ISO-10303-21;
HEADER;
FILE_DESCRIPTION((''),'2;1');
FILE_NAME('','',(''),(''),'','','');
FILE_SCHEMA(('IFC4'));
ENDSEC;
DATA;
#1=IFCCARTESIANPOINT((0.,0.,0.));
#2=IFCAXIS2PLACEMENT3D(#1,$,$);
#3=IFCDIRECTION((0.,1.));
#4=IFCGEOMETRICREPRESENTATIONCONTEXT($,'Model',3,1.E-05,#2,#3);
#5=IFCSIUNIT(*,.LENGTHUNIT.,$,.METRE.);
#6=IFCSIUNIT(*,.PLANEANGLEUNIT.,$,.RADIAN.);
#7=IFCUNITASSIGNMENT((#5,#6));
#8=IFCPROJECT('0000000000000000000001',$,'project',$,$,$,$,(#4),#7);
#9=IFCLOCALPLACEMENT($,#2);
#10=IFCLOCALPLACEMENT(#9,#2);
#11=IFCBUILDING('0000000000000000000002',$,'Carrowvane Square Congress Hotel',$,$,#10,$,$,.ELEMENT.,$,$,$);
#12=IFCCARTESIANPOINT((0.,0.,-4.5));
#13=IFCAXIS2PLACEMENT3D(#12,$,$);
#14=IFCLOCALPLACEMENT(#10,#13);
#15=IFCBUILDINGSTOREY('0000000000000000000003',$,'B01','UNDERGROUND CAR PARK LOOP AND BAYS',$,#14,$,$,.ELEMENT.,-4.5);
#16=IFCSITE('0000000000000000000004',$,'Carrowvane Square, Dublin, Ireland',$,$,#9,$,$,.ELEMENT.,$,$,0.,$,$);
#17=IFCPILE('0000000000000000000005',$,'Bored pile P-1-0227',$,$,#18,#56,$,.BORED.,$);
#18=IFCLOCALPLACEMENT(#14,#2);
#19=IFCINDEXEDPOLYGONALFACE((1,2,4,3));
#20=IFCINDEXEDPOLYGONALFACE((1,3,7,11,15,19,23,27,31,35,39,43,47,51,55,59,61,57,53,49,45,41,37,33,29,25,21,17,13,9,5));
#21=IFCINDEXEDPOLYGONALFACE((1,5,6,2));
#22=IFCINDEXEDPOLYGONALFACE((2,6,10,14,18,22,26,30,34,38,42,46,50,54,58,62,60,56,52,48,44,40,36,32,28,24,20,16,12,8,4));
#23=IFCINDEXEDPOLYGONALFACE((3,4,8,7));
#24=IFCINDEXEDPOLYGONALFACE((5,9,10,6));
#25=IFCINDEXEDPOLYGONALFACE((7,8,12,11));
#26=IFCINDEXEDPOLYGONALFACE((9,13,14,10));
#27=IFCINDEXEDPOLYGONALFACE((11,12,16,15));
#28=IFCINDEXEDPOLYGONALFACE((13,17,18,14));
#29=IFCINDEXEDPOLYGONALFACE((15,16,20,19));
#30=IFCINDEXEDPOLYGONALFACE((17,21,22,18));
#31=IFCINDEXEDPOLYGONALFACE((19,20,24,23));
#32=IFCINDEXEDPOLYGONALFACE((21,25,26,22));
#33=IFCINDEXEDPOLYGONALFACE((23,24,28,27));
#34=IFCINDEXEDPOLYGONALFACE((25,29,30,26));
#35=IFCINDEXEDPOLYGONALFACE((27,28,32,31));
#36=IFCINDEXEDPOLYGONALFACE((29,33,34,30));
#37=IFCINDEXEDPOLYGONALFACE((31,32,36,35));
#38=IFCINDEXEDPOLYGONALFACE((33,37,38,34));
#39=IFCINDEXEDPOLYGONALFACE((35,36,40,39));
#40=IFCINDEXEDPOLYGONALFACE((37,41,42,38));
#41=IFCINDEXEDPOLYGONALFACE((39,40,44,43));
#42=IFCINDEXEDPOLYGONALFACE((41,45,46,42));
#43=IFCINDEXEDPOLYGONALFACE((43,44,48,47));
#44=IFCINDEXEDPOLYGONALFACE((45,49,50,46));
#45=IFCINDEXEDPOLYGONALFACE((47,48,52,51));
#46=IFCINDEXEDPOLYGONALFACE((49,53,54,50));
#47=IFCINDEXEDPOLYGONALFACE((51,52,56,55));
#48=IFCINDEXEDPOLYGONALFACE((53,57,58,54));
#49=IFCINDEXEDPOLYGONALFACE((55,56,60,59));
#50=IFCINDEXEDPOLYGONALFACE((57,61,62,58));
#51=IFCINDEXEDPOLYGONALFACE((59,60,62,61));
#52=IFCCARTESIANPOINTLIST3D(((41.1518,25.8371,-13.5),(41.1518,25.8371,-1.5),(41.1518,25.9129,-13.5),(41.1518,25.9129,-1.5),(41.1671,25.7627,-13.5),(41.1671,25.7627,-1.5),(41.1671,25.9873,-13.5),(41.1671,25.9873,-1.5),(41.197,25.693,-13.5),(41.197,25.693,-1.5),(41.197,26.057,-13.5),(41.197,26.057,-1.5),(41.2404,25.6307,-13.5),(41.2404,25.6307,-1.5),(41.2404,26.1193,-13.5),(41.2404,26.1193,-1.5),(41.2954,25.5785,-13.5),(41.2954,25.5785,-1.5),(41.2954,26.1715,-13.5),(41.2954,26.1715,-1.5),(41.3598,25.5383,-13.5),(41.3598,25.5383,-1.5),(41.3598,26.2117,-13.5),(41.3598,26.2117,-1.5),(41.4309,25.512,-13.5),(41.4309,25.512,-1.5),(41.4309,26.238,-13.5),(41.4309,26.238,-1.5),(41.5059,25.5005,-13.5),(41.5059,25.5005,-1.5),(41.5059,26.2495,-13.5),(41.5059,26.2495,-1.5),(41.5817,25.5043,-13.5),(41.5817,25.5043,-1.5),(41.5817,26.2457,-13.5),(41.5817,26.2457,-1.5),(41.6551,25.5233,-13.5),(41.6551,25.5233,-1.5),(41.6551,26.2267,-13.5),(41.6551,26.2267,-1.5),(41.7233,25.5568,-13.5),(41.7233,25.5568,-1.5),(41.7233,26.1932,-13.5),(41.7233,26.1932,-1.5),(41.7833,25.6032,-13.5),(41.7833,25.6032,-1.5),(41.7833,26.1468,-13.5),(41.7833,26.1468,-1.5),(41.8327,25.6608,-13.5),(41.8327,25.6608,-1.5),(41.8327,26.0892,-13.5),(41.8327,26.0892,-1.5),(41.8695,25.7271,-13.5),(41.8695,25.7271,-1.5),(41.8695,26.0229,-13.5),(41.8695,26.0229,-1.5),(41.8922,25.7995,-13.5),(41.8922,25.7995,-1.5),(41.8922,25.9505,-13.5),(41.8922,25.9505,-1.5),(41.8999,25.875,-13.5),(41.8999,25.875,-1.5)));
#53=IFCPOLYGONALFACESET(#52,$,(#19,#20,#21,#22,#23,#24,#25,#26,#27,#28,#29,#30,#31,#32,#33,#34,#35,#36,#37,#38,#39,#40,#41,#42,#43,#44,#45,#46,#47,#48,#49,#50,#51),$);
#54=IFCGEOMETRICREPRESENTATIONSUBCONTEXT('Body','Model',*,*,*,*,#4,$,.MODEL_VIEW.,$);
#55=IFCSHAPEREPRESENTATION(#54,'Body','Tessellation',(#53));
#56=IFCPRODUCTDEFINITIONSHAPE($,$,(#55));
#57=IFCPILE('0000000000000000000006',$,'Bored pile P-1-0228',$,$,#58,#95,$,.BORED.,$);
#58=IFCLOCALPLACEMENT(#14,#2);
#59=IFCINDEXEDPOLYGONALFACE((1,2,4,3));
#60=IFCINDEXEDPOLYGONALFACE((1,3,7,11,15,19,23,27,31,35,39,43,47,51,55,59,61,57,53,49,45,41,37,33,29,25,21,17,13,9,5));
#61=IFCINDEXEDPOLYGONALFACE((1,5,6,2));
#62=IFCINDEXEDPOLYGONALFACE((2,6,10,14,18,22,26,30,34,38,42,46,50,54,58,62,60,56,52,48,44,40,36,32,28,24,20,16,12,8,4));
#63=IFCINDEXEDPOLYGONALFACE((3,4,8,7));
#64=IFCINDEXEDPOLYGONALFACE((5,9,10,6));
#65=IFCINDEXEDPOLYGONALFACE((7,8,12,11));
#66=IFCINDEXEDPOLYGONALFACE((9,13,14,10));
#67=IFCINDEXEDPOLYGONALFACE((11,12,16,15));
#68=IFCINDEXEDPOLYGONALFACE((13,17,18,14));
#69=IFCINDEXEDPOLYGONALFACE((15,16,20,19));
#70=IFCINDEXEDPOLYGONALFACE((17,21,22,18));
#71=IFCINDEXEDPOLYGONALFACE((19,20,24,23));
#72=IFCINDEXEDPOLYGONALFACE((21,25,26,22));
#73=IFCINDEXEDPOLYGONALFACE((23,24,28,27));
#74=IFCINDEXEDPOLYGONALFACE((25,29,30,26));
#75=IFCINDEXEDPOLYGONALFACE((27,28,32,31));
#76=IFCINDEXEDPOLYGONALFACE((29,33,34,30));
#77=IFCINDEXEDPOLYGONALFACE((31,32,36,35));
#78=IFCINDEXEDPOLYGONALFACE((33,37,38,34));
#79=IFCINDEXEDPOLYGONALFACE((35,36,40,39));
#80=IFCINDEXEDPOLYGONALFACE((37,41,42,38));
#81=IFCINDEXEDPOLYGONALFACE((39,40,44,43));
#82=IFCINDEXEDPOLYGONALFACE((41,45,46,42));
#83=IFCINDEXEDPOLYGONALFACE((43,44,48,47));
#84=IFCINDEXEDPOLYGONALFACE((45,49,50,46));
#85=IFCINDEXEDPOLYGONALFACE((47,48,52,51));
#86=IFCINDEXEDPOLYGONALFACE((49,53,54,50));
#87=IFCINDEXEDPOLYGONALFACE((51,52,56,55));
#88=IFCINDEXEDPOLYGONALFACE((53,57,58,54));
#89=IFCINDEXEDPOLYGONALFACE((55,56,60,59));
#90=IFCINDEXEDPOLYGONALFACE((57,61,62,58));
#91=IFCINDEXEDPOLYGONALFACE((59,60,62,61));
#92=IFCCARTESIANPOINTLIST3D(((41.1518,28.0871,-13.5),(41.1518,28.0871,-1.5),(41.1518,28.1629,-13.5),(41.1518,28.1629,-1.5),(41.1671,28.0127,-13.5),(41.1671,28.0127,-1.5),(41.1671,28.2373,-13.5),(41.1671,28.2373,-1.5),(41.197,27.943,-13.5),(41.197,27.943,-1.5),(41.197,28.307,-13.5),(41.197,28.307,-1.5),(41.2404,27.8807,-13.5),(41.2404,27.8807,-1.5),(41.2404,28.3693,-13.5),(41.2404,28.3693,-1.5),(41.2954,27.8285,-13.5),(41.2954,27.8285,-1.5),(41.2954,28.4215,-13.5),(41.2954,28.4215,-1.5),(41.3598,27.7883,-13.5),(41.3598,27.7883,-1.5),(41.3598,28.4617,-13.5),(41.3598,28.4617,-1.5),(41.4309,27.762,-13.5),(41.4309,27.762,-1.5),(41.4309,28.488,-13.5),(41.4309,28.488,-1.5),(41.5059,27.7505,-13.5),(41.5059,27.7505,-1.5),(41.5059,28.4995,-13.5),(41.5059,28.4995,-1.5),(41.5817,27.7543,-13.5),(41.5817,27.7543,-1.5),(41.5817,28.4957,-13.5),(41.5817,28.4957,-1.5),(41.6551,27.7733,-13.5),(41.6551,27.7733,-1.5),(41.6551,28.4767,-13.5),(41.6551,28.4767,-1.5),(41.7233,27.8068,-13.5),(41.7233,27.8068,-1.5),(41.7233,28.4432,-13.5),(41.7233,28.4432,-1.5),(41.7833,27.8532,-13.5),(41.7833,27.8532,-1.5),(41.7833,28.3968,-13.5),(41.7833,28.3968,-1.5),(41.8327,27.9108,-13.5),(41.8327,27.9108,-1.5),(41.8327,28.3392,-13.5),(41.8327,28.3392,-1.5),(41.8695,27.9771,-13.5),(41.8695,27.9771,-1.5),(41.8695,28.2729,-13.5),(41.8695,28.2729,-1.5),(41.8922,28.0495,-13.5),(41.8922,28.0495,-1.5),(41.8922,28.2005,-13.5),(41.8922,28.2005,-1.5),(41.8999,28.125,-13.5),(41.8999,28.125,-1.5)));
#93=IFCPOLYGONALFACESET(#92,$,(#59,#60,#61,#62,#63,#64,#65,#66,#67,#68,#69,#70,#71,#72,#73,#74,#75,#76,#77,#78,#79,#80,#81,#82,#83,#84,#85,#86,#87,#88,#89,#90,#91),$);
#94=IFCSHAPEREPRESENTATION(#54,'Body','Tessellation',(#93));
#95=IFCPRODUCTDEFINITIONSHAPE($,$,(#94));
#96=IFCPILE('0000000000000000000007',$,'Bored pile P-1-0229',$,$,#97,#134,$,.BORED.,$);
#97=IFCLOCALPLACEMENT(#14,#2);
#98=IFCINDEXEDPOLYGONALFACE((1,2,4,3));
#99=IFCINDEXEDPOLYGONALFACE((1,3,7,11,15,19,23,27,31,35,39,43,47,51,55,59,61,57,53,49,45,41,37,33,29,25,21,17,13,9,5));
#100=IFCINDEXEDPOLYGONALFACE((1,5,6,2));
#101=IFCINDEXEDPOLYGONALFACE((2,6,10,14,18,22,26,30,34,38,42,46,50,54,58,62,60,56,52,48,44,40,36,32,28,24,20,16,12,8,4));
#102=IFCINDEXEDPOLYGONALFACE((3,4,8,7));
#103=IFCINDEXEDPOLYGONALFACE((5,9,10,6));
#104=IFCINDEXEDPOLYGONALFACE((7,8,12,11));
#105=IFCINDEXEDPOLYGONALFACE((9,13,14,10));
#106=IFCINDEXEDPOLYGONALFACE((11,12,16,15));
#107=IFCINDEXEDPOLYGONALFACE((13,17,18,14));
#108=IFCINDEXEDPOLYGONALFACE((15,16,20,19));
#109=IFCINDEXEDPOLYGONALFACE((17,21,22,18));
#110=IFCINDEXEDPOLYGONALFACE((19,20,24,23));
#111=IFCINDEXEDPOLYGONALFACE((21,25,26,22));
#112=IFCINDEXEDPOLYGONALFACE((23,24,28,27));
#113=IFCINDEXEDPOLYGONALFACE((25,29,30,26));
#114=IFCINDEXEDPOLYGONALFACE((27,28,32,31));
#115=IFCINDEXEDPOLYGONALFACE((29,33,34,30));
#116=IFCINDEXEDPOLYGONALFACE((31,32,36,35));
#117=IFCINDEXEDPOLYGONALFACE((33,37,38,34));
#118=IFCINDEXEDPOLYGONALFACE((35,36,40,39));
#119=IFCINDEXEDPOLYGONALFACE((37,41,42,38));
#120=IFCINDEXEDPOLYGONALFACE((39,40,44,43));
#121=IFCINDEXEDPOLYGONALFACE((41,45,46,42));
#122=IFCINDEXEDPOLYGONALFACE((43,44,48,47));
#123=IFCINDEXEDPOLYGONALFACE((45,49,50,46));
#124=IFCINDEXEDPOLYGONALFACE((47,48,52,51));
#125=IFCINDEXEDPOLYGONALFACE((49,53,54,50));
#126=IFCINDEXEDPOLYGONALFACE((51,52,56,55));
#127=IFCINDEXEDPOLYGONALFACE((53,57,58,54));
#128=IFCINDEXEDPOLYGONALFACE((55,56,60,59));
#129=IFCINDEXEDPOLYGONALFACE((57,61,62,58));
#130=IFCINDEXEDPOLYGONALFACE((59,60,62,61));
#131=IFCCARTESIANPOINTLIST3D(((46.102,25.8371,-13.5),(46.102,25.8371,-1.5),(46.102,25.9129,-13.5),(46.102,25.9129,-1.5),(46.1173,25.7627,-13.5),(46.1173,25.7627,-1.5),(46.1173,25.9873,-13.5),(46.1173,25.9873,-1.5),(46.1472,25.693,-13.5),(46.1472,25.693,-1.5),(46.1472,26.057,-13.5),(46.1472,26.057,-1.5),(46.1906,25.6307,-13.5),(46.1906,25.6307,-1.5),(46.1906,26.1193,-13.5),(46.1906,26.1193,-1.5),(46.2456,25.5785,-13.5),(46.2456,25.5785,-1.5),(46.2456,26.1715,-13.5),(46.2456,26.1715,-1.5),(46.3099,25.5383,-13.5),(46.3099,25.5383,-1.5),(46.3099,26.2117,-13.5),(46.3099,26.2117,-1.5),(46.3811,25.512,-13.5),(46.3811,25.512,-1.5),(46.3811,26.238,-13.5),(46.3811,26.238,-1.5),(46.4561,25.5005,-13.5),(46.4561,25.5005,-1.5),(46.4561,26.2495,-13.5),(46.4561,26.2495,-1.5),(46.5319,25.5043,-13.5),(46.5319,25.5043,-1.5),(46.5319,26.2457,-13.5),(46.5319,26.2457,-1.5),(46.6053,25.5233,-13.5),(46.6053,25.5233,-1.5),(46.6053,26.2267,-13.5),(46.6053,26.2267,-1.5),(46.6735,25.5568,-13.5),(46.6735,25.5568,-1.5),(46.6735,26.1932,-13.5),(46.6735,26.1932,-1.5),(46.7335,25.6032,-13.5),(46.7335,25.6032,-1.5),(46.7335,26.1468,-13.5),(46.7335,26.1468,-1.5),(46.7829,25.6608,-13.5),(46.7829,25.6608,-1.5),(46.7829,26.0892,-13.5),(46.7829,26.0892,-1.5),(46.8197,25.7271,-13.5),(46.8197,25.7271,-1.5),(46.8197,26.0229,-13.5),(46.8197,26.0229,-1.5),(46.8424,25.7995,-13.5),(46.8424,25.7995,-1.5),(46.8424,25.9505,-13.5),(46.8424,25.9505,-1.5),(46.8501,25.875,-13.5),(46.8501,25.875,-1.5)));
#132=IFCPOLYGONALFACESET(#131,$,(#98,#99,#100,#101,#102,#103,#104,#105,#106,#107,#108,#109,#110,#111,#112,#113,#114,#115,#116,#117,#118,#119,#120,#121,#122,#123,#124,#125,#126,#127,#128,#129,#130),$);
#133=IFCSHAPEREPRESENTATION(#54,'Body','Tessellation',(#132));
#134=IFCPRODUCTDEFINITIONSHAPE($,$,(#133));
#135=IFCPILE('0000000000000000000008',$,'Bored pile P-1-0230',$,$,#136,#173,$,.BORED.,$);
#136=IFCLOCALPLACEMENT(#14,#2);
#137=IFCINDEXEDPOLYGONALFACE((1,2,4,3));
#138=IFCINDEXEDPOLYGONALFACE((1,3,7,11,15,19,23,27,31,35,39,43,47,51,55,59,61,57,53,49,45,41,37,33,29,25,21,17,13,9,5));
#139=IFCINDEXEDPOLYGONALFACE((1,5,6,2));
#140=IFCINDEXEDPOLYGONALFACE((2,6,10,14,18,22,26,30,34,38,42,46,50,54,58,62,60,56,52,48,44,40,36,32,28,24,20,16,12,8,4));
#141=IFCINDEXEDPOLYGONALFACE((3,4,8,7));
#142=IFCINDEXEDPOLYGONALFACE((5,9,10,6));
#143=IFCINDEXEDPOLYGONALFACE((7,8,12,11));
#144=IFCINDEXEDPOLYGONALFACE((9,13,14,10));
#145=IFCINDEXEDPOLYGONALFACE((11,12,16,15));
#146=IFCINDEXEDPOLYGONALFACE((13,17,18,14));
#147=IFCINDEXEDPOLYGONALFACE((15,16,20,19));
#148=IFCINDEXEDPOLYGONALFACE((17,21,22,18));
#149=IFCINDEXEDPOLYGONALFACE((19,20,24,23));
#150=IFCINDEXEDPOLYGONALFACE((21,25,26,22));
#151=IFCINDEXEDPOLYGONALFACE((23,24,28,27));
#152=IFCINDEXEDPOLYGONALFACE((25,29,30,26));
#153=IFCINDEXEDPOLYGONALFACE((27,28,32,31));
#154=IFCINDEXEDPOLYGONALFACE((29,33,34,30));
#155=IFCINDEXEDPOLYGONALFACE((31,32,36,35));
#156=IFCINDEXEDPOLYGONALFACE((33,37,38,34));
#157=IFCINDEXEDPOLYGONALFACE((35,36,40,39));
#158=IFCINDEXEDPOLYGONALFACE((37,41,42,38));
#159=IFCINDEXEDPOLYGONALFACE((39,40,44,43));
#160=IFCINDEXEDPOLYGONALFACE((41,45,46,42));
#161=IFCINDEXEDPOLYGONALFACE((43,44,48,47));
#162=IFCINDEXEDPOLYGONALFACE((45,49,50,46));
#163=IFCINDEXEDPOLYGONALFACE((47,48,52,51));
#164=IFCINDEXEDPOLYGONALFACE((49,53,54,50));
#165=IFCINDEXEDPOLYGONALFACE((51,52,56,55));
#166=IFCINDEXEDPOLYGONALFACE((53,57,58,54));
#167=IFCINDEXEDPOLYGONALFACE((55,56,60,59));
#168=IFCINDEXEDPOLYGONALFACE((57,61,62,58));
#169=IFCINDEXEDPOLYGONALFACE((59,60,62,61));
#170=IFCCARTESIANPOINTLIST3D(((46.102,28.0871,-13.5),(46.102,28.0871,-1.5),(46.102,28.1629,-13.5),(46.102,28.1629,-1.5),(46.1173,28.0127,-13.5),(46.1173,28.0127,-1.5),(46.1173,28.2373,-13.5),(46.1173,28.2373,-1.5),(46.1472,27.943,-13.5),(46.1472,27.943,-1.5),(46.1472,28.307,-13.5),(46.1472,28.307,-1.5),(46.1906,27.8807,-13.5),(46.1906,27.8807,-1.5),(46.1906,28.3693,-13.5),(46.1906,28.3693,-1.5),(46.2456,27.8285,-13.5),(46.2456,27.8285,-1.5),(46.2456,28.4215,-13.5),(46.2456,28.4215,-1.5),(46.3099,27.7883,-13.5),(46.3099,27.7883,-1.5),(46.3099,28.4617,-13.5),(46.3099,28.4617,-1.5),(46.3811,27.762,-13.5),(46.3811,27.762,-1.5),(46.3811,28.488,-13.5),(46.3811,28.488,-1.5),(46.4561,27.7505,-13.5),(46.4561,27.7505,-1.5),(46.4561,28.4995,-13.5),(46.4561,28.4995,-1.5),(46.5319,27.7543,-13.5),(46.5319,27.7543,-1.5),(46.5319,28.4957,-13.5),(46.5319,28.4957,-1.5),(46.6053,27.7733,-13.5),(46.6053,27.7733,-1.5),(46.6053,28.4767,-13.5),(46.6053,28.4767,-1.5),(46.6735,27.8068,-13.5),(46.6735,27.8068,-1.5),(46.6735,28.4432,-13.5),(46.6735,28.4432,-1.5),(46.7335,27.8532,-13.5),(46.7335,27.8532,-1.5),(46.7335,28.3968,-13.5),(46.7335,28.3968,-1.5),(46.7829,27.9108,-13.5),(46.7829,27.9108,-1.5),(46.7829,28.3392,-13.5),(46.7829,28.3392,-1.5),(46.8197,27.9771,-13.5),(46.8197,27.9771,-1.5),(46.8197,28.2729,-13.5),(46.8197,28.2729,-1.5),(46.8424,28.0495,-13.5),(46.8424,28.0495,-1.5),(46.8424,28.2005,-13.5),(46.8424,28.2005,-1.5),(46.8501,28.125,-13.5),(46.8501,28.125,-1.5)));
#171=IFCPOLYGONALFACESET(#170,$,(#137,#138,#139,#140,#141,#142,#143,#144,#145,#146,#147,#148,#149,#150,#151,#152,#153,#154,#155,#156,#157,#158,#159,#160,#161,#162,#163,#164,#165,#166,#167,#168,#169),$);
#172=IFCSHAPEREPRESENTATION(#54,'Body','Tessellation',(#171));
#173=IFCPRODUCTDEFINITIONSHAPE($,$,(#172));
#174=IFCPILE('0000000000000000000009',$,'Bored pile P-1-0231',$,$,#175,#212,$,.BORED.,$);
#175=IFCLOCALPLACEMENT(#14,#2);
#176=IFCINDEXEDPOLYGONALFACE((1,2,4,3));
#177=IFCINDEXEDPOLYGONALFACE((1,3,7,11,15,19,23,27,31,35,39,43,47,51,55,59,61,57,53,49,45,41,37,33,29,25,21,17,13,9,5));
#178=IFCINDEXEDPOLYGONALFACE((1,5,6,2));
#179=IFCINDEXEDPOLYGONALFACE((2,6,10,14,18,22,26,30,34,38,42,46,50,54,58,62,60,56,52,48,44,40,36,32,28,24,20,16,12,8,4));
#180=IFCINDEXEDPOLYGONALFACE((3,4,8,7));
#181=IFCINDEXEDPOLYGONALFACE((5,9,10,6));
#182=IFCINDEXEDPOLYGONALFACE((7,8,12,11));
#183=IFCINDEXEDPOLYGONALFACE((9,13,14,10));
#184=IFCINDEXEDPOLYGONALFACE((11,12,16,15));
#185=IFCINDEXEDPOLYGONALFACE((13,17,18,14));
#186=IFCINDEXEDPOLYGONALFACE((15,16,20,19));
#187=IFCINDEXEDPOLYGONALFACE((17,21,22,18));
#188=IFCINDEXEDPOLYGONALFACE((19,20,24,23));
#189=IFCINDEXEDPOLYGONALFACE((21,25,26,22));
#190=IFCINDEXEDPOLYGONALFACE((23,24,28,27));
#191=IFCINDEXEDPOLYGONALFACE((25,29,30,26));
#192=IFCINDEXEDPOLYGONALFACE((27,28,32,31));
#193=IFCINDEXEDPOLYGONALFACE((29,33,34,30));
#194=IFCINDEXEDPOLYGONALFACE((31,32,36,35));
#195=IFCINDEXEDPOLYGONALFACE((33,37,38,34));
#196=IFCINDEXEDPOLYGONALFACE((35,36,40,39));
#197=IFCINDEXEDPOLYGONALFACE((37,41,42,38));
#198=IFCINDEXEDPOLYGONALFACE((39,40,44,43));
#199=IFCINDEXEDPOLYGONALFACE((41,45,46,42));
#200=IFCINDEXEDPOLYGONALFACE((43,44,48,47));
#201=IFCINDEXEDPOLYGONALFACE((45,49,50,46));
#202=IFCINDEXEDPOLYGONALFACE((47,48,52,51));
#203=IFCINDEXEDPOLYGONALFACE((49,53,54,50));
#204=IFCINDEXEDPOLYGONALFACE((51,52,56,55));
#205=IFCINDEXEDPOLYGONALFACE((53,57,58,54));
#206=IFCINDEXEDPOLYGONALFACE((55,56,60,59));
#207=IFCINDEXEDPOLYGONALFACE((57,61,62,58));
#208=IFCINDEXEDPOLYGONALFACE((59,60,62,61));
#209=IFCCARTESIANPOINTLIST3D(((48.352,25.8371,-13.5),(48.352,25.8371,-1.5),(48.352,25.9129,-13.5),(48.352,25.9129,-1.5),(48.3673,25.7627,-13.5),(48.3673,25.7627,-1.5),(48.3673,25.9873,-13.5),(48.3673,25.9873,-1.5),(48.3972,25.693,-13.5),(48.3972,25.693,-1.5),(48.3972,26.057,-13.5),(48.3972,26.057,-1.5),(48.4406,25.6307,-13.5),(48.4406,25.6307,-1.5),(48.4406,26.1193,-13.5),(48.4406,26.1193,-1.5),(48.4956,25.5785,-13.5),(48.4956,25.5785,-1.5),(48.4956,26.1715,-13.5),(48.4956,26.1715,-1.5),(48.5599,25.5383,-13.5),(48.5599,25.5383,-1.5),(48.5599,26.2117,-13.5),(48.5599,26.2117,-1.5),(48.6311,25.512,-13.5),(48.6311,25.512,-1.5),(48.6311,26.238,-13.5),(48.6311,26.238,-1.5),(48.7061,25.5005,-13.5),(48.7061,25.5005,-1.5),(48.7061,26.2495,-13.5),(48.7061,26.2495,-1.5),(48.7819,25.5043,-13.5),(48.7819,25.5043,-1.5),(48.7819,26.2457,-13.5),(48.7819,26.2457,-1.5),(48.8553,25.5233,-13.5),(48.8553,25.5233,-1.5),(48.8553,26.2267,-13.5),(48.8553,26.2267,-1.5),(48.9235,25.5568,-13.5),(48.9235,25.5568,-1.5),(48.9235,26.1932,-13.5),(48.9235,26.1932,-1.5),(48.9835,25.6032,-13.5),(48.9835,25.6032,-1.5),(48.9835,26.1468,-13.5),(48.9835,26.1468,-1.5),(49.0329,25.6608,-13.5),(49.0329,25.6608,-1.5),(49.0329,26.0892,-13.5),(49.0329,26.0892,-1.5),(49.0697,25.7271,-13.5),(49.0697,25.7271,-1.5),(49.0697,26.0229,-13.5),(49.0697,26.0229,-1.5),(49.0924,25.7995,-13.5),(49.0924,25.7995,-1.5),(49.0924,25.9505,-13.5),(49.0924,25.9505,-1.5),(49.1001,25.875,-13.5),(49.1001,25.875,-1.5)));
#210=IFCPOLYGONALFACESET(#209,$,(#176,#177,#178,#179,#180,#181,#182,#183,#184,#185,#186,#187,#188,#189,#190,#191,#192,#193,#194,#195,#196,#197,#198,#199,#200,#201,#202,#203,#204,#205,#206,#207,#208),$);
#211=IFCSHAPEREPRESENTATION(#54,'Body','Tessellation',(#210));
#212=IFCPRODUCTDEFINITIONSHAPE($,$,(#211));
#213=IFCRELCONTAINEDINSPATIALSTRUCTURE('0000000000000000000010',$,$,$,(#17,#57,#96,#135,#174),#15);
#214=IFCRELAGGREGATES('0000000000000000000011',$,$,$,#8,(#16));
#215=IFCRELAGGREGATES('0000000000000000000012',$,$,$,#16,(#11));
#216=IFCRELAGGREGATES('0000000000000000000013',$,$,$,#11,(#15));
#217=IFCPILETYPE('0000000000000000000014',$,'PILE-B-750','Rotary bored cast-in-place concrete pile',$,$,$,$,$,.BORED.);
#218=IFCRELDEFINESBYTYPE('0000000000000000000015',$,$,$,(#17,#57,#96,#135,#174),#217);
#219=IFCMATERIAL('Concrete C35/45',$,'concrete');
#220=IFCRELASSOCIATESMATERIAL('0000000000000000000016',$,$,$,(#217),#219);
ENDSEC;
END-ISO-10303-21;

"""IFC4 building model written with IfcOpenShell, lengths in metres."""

from ifc_helpers import new_model, si_unit, direction, frame, origin, origin_2d, place, context, subcontext, project, spatial, circle, extrude, material, material_profile, profile_set, type_object, element, save


model = new_model("IFC4")

# Units and contexts
model_context = context("Model", 3, precision=1e-05, world=origin(), true_north=direction((0.0, 1.0)))
body_context = subcontext(model_context, "Body", "Model", "MODEL_VIEW")
ifc_project = project(units=[si_unit("LENGTHUNIT", "METRE"), si_unit("PLANEANGLEUNIT", "RADIAN")], contexts=[model_context])

# Site, building, storey
site_placement = place(None, origin())
site = spatial("IfcSite", under=ifc_project, at=site_placement, Name="Carrowvane Square, Dublin, Ireland", CompositionType="ELEMENT", RefElevation=0.0)
building_placement = place(site_placement, origin())
building = spatial("IfcBuilding", under=site, at=building_placement, Name="Carrowvane Square Congress Hotel", CompositionType="ELEMENT")
storey_placement = place(building_placement, frame((0.0, 0.0, -4.5)))
storey = spatial("IfcBuildingStorey", under=building, at=storey_placement, Name="B01", Description="UNDERGROUND CAR PARK LOOP AND BAYS", CompositionType="ELEMENT", Elevation=-4.5)

# Piles
ifc_material_1 = material(Name="Concrete C35/45", Category="concrete")
ifc_material_profile_1 = material_profile(ifc_material_1, circle(Radius=0.375, at=origin_2d()), Name="PILE D750")
ifc_profile_set_1 = profile_set([ifc_material_profile_1], Name="Concrete C35/45")
pile_type = type_object("IfcPileType", Name="PILE-B-750", Description="Rotary bored cast-in-place concrete pile", PredefinedType="BORED", material=ifc_profile_set_1)
for number, where, z_axis, x_axis, name in (
    (1, (41.5249, 25.875, -1.5), (0.0, 0.0, -1.0), (1.0, 0.0, 0.0), "Bored pile P-1-0227"),
    (2, (41.5249, 28.125, -1.5), (0.0, 0.0, -1.0), (1.0, 0.0, 0.0), "Bored pile P-1-0228"),
    (3, (46.4751, 25.875, -1.5), (0.0, 0.0, -1.0), (1.0, 0.0, 0.0), "Bored pile P-1-0229"),
    (4, (46.4751, 28.125, -1.5), (0.0, 0.0, -1.0), (1.0, 0.0, 0.0), "Bored pile P-1-0230"),
    (5, (48.7251, 25.875, -1.5), (0.0, 0.0, -1.0), (1.0, 0.0, 0.0), "Bored pile P-1-0231"),
):
    element("IfcPile", number, at=place(storey_placement, frame(where, z_axis=z_axis, x_axis=x_axis)), inside=storey, type_object=pile_type, Name=name, PredefinedType="BORED", context=body_context, shape_type="SweptSolid", body=[
        extrude(circle(Radius=0.375, at=origin_2d()), origin(), (0.0, 0.0, 1.0), 12.0),
    ])

save(model, "model.ifc")
